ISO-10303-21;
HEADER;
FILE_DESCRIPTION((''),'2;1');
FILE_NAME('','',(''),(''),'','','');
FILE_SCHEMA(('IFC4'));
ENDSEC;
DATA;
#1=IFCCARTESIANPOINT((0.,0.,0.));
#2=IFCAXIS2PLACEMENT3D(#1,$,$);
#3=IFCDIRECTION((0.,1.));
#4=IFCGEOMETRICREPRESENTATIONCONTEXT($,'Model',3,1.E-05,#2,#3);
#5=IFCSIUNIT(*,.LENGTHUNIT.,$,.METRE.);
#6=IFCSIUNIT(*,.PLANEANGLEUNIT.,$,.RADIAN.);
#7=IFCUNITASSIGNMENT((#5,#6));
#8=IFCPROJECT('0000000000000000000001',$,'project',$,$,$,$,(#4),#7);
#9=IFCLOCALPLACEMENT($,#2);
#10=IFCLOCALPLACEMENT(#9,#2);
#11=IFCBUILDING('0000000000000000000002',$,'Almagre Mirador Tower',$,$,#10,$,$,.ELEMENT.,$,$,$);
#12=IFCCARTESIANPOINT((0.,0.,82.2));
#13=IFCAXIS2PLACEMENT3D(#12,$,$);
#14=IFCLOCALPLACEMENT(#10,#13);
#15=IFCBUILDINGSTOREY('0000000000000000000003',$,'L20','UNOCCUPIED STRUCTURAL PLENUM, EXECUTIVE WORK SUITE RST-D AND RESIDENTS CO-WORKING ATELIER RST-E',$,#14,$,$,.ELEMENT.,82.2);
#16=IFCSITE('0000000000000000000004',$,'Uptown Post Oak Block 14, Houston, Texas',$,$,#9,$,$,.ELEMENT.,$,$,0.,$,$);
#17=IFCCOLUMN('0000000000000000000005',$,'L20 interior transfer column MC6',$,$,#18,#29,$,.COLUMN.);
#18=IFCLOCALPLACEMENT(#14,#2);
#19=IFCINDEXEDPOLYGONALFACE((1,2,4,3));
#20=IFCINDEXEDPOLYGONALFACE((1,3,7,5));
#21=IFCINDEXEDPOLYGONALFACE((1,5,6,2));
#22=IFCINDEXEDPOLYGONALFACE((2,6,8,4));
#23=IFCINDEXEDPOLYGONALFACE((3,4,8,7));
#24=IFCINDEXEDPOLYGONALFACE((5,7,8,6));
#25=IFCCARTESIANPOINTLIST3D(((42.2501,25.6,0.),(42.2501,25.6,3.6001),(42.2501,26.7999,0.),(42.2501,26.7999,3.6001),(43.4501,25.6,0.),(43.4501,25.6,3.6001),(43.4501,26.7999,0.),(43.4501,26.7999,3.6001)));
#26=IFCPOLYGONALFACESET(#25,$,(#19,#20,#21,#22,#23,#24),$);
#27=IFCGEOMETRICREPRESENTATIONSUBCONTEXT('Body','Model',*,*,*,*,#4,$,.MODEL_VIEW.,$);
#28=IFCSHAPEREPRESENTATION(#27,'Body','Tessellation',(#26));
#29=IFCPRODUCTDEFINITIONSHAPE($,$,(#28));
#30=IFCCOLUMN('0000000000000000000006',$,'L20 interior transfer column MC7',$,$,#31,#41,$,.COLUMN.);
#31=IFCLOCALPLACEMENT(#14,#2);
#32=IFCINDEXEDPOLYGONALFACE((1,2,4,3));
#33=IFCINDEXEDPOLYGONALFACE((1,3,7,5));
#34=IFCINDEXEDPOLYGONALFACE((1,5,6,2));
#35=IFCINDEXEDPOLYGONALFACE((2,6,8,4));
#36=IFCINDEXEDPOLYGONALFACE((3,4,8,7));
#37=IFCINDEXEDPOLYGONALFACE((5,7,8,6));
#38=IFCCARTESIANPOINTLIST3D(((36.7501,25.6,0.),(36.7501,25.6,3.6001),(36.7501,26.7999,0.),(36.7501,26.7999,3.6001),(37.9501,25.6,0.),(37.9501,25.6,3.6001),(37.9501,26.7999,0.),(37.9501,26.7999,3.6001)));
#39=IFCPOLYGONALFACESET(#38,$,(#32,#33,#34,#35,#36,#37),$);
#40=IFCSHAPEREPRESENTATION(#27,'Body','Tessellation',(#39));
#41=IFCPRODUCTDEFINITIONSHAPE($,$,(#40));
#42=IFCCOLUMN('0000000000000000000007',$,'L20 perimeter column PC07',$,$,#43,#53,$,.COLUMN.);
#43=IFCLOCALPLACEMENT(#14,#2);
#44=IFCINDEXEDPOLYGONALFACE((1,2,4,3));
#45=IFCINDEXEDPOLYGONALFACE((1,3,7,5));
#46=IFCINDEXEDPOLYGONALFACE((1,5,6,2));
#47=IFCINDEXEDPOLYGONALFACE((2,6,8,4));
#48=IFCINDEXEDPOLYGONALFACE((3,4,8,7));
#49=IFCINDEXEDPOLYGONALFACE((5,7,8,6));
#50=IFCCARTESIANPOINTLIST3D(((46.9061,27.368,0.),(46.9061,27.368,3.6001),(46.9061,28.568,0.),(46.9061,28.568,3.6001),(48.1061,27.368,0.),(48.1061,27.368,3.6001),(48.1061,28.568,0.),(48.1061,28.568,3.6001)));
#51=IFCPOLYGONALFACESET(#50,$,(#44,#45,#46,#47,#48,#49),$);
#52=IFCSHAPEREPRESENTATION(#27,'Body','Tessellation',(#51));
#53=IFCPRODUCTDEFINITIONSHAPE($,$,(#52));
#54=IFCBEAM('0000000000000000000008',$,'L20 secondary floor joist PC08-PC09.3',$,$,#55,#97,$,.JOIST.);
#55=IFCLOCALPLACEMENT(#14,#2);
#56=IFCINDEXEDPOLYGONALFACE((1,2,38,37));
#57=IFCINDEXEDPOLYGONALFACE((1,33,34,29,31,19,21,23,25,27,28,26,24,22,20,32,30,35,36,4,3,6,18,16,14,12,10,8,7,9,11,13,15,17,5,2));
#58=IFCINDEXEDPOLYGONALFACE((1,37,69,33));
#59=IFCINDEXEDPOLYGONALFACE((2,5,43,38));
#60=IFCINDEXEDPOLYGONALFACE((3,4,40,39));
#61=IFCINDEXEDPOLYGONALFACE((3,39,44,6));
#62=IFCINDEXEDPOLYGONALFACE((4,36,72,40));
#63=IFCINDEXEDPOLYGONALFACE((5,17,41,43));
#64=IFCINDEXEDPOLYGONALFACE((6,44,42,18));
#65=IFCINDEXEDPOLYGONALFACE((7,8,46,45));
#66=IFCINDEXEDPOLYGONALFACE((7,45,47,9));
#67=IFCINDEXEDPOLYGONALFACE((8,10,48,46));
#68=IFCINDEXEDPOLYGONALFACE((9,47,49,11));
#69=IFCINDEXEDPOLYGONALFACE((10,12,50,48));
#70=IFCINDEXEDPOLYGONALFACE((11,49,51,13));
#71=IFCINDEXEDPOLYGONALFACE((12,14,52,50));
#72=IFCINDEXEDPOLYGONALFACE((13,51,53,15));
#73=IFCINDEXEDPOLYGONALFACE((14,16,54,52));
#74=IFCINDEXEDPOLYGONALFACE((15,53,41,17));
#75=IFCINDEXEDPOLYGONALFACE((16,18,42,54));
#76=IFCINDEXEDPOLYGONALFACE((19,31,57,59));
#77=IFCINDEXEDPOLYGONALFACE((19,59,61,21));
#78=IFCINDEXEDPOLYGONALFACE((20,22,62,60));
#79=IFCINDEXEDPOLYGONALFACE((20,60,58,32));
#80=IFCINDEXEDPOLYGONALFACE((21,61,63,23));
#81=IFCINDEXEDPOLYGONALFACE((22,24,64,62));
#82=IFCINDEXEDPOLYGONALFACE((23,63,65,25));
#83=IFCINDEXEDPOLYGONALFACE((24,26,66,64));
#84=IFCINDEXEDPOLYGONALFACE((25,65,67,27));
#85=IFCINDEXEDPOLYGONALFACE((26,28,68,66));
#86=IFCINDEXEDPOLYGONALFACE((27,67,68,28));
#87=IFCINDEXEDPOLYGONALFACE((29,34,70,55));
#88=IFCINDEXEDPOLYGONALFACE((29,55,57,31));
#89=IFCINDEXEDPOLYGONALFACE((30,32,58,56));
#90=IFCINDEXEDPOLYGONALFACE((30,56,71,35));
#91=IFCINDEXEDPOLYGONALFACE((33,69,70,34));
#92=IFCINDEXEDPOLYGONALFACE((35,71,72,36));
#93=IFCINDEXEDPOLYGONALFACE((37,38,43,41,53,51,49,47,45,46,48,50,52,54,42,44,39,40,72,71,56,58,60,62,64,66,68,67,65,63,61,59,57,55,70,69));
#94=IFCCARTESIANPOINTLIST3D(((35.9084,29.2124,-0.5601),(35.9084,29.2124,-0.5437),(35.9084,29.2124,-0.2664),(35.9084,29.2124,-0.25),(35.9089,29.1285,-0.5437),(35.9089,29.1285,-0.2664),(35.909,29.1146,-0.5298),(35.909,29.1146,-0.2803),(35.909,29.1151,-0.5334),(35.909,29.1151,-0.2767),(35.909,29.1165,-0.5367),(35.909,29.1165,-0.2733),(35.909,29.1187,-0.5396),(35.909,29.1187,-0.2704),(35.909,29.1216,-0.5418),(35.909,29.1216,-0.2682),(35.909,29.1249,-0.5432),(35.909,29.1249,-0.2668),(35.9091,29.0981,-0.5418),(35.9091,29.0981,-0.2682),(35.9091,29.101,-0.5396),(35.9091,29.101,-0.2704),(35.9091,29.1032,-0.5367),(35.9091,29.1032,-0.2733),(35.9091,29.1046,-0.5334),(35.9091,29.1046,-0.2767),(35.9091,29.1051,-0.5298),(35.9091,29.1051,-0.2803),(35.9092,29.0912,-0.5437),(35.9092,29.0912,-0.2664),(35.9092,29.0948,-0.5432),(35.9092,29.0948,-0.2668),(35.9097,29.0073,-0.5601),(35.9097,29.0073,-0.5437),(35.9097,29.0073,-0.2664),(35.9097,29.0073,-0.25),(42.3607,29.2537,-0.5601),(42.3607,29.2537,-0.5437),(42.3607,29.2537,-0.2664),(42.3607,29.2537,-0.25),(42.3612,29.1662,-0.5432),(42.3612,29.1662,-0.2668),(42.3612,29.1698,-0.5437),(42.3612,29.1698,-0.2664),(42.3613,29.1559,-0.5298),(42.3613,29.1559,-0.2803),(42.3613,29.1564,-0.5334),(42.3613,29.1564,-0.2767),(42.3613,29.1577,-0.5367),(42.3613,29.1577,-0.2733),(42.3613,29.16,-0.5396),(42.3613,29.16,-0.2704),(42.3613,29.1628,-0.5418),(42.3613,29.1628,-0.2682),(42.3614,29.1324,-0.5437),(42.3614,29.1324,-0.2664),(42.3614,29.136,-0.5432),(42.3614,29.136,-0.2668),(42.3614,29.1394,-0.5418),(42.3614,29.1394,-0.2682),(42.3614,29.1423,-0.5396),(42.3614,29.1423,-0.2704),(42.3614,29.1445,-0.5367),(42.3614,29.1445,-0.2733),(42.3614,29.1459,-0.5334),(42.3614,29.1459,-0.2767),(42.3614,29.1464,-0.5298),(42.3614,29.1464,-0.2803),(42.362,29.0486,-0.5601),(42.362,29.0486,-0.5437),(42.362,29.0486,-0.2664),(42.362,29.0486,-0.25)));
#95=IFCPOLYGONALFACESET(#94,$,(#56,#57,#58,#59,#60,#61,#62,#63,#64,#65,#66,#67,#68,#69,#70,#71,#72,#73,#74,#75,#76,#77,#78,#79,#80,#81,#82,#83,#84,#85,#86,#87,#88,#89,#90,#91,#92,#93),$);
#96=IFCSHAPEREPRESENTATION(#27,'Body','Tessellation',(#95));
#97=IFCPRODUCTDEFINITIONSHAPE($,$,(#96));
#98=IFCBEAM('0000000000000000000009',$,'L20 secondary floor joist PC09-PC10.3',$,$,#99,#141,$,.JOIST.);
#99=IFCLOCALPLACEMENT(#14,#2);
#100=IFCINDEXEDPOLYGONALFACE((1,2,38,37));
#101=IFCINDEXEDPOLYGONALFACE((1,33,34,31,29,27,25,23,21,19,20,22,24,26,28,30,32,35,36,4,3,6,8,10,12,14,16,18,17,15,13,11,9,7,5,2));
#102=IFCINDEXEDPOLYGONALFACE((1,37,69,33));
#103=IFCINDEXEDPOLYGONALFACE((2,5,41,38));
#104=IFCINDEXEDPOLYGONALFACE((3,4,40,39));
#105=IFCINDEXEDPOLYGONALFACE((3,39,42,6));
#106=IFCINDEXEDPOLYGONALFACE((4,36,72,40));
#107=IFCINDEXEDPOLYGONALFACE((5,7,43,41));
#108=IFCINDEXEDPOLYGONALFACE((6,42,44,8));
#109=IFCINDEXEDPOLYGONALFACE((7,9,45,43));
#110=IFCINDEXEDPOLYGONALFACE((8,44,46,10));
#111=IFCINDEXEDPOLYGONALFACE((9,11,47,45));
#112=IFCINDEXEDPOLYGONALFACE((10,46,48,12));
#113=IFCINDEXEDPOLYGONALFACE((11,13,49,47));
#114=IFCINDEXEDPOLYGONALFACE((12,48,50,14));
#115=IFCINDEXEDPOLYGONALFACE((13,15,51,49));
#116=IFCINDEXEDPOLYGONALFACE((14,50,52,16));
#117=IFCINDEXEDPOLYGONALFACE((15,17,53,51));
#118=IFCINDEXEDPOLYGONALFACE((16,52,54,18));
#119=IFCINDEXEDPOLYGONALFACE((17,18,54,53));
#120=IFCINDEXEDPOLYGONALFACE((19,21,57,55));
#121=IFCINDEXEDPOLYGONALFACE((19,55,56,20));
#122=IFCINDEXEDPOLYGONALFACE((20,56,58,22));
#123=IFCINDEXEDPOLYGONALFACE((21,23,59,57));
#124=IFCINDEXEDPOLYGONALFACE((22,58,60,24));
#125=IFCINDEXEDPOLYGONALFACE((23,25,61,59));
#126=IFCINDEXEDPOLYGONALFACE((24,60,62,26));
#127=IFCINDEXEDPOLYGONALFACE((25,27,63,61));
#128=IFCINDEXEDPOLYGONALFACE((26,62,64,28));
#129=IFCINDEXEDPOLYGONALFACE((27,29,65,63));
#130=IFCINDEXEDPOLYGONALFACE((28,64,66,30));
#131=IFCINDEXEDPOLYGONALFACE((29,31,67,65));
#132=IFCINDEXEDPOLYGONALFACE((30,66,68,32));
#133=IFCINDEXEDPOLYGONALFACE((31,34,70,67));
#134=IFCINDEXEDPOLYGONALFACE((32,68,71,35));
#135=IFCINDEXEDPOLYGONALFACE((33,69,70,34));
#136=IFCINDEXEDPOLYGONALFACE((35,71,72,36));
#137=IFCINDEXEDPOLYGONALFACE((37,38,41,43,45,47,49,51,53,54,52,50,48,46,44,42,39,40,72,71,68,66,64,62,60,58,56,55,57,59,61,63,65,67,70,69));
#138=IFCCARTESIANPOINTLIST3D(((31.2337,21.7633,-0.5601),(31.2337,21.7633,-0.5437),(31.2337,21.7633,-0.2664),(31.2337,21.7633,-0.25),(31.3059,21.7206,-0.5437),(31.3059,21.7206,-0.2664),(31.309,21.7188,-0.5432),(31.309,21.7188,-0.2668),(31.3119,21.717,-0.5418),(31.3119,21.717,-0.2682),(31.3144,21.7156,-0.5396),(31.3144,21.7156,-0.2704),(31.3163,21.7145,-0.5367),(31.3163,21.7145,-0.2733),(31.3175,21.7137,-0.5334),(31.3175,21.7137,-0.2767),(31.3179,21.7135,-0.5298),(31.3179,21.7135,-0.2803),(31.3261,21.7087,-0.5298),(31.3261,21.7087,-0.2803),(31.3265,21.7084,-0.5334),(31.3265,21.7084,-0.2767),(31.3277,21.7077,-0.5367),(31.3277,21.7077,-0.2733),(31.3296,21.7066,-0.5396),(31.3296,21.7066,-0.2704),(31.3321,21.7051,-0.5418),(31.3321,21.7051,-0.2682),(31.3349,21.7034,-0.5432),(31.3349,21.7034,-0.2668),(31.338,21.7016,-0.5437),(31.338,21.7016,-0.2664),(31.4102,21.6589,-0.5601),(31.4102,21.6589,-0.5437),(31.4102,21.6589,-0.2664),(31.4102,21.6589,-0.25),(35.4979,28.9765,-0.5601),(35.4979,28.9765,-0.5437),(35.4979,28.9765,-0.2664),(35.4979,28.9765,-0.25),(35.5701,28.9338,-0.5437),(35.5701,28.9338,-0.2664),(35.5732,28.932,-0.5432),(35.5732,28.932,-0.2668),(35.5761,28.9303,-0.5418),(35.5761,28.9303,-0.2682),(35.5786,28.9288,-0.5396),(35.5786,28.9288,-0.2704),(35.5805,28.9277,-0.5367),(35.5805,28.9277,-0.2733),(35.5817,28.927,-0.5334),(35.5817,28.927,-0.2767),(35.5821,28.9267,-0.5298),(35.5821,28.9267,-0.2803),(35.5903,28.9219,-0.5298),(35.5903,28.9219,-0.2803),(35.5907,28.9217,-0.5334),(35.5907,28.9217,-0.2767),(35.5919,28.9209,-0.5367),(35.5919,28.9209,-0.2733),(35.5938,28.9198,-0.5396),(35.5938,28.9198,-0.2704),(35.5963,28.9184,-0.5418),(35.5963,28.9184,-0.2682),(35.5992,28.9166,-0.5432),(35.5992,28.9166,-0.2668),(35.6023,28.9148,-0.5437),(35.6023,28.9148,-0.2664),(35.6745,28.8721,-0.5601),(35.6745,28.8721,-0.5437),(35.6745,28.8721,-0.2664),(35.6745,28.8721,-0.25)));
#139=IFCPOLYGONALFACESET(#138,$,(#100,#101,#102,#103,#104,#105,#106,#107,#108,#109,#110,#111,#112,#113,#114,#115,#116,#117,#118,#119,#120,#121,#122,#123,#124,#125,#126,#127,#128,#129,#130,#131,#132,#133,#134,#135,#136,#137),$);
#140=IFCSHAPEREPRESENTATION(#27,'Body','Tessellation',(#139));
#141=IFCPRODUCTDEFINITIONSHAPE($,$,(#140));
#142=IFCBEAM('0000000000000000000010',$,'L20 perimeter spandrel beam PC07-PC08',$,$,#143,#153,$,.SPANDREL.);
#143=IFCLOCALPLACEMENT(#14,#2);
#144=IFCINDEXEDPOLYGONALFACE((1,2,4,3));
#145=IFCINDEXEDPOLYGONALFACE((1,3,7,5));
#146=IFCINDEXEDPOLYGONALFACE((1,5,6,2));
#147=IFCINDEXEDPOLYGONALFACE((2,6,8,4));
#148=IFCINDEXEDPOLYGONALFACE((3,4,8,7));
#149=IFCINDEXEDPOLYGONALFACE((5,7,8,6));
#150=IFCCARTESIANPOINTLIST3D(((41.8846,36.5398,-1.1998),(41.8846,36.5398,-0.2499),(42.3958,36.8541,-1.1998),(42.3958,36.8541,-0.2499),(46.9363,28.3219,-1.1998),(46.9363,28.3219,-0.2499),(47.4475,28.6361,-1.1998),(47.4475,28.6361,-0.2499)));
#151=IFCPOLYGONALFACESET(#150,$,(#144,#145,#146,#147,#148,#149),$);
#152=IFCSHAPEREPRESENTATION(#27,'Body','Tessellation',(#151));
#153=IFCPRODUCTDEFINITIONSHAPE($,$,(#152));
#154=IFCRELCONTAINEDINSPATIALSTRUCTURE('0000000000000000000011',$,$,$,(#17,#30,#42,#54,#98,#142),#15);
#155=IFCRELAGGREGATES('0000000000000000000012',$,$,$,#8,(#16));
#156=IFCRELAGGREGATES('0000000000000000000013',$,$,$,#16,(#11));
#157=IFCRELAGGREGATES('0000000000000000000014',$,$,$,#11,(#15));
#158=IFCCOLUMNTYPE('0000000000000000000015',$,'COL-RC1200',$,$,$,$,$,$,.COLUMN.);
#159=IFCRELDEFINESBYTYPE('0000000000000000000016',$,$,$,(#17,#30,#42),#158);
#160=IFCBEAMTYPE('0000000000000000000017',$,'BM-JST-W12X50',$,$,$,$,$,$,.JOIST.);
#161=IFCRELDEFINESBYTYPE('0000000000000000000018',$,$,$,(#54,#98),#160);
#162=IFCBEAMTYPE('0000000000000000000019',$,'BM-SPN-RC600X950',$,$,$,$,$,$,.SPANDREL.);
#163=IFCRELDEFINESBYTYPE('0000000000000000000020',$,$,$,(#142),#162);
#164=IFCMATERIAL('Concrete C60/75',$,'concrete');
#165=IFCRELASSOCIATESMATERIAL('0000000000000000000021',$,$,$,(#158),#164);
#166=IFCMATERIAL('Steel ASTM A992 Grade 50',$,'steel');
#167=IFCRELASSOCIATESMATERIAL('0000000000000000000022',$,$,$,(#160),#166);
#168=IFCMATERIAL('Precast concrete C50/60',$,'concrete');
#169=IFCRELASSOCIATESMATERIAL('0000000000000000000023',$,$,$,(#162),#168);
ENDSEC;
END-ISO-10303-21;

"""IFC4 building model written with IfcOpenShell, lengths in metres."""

from ifc_helpers import new_model, si_unit, direction, frame, origin, origin_2d, place, context, subcontext, project, spatial, rectangle, i_section, extrude, material, material_profile, profile_set, type_object, element, save


model = new_model("IFC4")

# Units and contexts
model_context = context("Model", 3, precision=1e-05, world=origin(), true_north=direction((0.0, 1.0)))
body_context = subcontext(model_context, "Body", "Model", "MODEL_VIEW")
ifc_project = project(units=[si_unit("LENGTHUNIT", "METRE"), si_unit("PLANEANGLEUNIT", "RADIAN")], contexts=[model_context])

# Site, building, storey
site_placement = place(None, origin())
site = spatial("IfcSite", under=ifc_project, at=site_placement, Name="Uptown Post Oak Block 14, Houston, Texas", CompositionType="ELEMENT", RefElevation=0.0)
building_placement = place(site_placement, origin())
building = spatial("IfcBuilding", under=site, at=building_placement, Name="Almagre Mirador Tower", CompositionType="ELEMENT")
storey_placement = place(building_placement, frame((0.0, 0.0, 82.2)))
storey = spatial("IfcBuildingStorey", under=building, at=storey_placement, Name="L20", Description="UNOCCUPIED STRUCTURAL PLENUM, EXECUTIVE WORK SUITE RST-D AND RESIDENTS CO-WORKING ATELIER RST-E", CompositionType="ELEMENT", Elevation=82.2)

# Columns
ifc_material_1 = material(Name="Concrete C60/75", Category="concrete")
ifc_material_profile_1 = material_profile(ifc_material_1, rectangle(XDim=1.2, YDim=1.2, at=origin_2d()), Name="RC1200X1200")
ifc_profile_set_1 = profile_set([ifc_material_profile_1], Name="Concrete C60/75")
column_type = type_object("IfcColumnType", Name="COL-RC1200", PredefinedType="COLUMN", material=ifc_profile_set_1)
for number, where, z_axis, x_axis, name in (
    (1, (42.8501, 26.2, 0.0), (0.0, 0.0, 1.0), (1.0, 0.0, 0.0), "L20 interior transfer column MC6"),
    (2, (37.3501, 26.2, 0.0), (0.0, 0.0, 1.0), (1.0, 0.0, 0.0), "L20 interior transfer column MC7"),
    (3, (47.5061, 27.968, 0.0), (0.0, 0.0, 1.0), (1.0, 0.0, 0.0), "L20 perimeter column PC07"),
):
    element("IfcColumn", number, at=place(storey_placement, frame(where, z_axis=z_axis, x_axis=x_axis)), inside=storey, type_object=column_type, Name=name, PredefinedType="COLUMN", context=body_context, shape_type="SweptSolid", body=[
        extrude(rectangle(XDim=1.2, YDim=1.2, at=origin_2d()), origin(), (0.0, 0.0, 1.0), 3.6001),
    ])

# Beams
ifc_material_2 = material(Name="Steel ASTM A992 Grade 50", Category="steel")
ifc_material_profile_2 = material_profile(ifc_material_2, i_section(OverallWidth=0.2051, OverallDepth=0.3101, WebThickness=0.0095, FlangeThickness=0.0164, FilletRadius=0.0139, at=origin_2d()), Name="W12X50")
ifc_profile_set_2 = profile_set([ifc_material_profile_2], Name="Steel ASTM A992 Grade 50")
beam_type_1 = type_object("IfcBeamType", Name="BM-JST-W12X50", PredefinedType="JOIST", material=ifc_profile_set_2)
beam_1_placement = place(storey_placement, frame((42.3613, 29.1511, -0.405), z_axis=(-0.99998, -0.006395, 0.0), x_axis=(0.006395, -0.99998, 0.0)))
element("IfcBeam", 4, at=beam_1_placement, inside=storey, type_object=beam_type_1, Name="L20 secondary floor joist PC08-PC09.3", PredefinedType="JOIST", context=body_context, shape_type="SweptSolid", body=[
    extrude(i_section(OverallWidth=0.2051, OverallDepth=0.3101, WebThickness=0.0095, FlangeThickness=0.0164, FilletRadius=0.0139, at=origin_2d()), origin(), (0.0, 0.0, 1.0), 6.4524),
])
beam_2_placement = place(storey_placement, frame((35.5862, 28.9243, -0.405), z_axis=(-0.508893, -0.86083, 0.0), x_axis=(0.86083, -0.508893, 0.0)))
element("IfcBeam", 5, at=beam_2_placement, inside=storey, type_object=beam_type_1, Name="L20 secondary floor joist PC09-PC10.3", PredefinedType="JOIST", context=body_context, shape_type="SweptSolid", body=[
    extrude(i_section(OverallWidth=0.2051, OverallDepth=0.3101, WebThickness=0.0095, FlangeThickness=0.0164, FilletRadius=0.0139, at=origin_2d()), origin(), (0.0, 0.0, 1.0), 8.3794),
])
ifc_material_3 = material(Name="Precast concrete C50/60", Category="concrete")
ifc_material_profile_3 = material_profile(ifc_material_3, rectangle(XDim=0.6001, YDim=0.95, at=origin_2d()), Name="RC600X950")
ifc_profile_set_3 = profile_set([ifc_material_profile_3], Name="Precast concrete C50/60")
beam_type_2 = type_object("IfcBeamType", Name="BM-SPN-RC600X950", PredefinedType="SPANDREL", material=ifc_profile_set_3)
beam_3_placement = place(storey_placement, frame((47.1919, 28.479, -0.7249), z_axis=(-0.523685, 0.851912, 0.0), x_axis=(-0.851912, -0.523685, 0.0)))
element("IfcBeam", 6, at=beam_3_placement, inside=storey, type_object=beam_type_2, Name="L20 perimeter spandrel beam PC07-PC08", PredefinedType="SPANDREL", context=body_context, shape_type="SweptSolid", body=[
    extrude(rectangle(XDim=0.6001, YDim=0.95, at=origin_2d()), origin(), (0.0, 0.0, 1.0), 9.6465),
])

save(model, "model.ifc")
